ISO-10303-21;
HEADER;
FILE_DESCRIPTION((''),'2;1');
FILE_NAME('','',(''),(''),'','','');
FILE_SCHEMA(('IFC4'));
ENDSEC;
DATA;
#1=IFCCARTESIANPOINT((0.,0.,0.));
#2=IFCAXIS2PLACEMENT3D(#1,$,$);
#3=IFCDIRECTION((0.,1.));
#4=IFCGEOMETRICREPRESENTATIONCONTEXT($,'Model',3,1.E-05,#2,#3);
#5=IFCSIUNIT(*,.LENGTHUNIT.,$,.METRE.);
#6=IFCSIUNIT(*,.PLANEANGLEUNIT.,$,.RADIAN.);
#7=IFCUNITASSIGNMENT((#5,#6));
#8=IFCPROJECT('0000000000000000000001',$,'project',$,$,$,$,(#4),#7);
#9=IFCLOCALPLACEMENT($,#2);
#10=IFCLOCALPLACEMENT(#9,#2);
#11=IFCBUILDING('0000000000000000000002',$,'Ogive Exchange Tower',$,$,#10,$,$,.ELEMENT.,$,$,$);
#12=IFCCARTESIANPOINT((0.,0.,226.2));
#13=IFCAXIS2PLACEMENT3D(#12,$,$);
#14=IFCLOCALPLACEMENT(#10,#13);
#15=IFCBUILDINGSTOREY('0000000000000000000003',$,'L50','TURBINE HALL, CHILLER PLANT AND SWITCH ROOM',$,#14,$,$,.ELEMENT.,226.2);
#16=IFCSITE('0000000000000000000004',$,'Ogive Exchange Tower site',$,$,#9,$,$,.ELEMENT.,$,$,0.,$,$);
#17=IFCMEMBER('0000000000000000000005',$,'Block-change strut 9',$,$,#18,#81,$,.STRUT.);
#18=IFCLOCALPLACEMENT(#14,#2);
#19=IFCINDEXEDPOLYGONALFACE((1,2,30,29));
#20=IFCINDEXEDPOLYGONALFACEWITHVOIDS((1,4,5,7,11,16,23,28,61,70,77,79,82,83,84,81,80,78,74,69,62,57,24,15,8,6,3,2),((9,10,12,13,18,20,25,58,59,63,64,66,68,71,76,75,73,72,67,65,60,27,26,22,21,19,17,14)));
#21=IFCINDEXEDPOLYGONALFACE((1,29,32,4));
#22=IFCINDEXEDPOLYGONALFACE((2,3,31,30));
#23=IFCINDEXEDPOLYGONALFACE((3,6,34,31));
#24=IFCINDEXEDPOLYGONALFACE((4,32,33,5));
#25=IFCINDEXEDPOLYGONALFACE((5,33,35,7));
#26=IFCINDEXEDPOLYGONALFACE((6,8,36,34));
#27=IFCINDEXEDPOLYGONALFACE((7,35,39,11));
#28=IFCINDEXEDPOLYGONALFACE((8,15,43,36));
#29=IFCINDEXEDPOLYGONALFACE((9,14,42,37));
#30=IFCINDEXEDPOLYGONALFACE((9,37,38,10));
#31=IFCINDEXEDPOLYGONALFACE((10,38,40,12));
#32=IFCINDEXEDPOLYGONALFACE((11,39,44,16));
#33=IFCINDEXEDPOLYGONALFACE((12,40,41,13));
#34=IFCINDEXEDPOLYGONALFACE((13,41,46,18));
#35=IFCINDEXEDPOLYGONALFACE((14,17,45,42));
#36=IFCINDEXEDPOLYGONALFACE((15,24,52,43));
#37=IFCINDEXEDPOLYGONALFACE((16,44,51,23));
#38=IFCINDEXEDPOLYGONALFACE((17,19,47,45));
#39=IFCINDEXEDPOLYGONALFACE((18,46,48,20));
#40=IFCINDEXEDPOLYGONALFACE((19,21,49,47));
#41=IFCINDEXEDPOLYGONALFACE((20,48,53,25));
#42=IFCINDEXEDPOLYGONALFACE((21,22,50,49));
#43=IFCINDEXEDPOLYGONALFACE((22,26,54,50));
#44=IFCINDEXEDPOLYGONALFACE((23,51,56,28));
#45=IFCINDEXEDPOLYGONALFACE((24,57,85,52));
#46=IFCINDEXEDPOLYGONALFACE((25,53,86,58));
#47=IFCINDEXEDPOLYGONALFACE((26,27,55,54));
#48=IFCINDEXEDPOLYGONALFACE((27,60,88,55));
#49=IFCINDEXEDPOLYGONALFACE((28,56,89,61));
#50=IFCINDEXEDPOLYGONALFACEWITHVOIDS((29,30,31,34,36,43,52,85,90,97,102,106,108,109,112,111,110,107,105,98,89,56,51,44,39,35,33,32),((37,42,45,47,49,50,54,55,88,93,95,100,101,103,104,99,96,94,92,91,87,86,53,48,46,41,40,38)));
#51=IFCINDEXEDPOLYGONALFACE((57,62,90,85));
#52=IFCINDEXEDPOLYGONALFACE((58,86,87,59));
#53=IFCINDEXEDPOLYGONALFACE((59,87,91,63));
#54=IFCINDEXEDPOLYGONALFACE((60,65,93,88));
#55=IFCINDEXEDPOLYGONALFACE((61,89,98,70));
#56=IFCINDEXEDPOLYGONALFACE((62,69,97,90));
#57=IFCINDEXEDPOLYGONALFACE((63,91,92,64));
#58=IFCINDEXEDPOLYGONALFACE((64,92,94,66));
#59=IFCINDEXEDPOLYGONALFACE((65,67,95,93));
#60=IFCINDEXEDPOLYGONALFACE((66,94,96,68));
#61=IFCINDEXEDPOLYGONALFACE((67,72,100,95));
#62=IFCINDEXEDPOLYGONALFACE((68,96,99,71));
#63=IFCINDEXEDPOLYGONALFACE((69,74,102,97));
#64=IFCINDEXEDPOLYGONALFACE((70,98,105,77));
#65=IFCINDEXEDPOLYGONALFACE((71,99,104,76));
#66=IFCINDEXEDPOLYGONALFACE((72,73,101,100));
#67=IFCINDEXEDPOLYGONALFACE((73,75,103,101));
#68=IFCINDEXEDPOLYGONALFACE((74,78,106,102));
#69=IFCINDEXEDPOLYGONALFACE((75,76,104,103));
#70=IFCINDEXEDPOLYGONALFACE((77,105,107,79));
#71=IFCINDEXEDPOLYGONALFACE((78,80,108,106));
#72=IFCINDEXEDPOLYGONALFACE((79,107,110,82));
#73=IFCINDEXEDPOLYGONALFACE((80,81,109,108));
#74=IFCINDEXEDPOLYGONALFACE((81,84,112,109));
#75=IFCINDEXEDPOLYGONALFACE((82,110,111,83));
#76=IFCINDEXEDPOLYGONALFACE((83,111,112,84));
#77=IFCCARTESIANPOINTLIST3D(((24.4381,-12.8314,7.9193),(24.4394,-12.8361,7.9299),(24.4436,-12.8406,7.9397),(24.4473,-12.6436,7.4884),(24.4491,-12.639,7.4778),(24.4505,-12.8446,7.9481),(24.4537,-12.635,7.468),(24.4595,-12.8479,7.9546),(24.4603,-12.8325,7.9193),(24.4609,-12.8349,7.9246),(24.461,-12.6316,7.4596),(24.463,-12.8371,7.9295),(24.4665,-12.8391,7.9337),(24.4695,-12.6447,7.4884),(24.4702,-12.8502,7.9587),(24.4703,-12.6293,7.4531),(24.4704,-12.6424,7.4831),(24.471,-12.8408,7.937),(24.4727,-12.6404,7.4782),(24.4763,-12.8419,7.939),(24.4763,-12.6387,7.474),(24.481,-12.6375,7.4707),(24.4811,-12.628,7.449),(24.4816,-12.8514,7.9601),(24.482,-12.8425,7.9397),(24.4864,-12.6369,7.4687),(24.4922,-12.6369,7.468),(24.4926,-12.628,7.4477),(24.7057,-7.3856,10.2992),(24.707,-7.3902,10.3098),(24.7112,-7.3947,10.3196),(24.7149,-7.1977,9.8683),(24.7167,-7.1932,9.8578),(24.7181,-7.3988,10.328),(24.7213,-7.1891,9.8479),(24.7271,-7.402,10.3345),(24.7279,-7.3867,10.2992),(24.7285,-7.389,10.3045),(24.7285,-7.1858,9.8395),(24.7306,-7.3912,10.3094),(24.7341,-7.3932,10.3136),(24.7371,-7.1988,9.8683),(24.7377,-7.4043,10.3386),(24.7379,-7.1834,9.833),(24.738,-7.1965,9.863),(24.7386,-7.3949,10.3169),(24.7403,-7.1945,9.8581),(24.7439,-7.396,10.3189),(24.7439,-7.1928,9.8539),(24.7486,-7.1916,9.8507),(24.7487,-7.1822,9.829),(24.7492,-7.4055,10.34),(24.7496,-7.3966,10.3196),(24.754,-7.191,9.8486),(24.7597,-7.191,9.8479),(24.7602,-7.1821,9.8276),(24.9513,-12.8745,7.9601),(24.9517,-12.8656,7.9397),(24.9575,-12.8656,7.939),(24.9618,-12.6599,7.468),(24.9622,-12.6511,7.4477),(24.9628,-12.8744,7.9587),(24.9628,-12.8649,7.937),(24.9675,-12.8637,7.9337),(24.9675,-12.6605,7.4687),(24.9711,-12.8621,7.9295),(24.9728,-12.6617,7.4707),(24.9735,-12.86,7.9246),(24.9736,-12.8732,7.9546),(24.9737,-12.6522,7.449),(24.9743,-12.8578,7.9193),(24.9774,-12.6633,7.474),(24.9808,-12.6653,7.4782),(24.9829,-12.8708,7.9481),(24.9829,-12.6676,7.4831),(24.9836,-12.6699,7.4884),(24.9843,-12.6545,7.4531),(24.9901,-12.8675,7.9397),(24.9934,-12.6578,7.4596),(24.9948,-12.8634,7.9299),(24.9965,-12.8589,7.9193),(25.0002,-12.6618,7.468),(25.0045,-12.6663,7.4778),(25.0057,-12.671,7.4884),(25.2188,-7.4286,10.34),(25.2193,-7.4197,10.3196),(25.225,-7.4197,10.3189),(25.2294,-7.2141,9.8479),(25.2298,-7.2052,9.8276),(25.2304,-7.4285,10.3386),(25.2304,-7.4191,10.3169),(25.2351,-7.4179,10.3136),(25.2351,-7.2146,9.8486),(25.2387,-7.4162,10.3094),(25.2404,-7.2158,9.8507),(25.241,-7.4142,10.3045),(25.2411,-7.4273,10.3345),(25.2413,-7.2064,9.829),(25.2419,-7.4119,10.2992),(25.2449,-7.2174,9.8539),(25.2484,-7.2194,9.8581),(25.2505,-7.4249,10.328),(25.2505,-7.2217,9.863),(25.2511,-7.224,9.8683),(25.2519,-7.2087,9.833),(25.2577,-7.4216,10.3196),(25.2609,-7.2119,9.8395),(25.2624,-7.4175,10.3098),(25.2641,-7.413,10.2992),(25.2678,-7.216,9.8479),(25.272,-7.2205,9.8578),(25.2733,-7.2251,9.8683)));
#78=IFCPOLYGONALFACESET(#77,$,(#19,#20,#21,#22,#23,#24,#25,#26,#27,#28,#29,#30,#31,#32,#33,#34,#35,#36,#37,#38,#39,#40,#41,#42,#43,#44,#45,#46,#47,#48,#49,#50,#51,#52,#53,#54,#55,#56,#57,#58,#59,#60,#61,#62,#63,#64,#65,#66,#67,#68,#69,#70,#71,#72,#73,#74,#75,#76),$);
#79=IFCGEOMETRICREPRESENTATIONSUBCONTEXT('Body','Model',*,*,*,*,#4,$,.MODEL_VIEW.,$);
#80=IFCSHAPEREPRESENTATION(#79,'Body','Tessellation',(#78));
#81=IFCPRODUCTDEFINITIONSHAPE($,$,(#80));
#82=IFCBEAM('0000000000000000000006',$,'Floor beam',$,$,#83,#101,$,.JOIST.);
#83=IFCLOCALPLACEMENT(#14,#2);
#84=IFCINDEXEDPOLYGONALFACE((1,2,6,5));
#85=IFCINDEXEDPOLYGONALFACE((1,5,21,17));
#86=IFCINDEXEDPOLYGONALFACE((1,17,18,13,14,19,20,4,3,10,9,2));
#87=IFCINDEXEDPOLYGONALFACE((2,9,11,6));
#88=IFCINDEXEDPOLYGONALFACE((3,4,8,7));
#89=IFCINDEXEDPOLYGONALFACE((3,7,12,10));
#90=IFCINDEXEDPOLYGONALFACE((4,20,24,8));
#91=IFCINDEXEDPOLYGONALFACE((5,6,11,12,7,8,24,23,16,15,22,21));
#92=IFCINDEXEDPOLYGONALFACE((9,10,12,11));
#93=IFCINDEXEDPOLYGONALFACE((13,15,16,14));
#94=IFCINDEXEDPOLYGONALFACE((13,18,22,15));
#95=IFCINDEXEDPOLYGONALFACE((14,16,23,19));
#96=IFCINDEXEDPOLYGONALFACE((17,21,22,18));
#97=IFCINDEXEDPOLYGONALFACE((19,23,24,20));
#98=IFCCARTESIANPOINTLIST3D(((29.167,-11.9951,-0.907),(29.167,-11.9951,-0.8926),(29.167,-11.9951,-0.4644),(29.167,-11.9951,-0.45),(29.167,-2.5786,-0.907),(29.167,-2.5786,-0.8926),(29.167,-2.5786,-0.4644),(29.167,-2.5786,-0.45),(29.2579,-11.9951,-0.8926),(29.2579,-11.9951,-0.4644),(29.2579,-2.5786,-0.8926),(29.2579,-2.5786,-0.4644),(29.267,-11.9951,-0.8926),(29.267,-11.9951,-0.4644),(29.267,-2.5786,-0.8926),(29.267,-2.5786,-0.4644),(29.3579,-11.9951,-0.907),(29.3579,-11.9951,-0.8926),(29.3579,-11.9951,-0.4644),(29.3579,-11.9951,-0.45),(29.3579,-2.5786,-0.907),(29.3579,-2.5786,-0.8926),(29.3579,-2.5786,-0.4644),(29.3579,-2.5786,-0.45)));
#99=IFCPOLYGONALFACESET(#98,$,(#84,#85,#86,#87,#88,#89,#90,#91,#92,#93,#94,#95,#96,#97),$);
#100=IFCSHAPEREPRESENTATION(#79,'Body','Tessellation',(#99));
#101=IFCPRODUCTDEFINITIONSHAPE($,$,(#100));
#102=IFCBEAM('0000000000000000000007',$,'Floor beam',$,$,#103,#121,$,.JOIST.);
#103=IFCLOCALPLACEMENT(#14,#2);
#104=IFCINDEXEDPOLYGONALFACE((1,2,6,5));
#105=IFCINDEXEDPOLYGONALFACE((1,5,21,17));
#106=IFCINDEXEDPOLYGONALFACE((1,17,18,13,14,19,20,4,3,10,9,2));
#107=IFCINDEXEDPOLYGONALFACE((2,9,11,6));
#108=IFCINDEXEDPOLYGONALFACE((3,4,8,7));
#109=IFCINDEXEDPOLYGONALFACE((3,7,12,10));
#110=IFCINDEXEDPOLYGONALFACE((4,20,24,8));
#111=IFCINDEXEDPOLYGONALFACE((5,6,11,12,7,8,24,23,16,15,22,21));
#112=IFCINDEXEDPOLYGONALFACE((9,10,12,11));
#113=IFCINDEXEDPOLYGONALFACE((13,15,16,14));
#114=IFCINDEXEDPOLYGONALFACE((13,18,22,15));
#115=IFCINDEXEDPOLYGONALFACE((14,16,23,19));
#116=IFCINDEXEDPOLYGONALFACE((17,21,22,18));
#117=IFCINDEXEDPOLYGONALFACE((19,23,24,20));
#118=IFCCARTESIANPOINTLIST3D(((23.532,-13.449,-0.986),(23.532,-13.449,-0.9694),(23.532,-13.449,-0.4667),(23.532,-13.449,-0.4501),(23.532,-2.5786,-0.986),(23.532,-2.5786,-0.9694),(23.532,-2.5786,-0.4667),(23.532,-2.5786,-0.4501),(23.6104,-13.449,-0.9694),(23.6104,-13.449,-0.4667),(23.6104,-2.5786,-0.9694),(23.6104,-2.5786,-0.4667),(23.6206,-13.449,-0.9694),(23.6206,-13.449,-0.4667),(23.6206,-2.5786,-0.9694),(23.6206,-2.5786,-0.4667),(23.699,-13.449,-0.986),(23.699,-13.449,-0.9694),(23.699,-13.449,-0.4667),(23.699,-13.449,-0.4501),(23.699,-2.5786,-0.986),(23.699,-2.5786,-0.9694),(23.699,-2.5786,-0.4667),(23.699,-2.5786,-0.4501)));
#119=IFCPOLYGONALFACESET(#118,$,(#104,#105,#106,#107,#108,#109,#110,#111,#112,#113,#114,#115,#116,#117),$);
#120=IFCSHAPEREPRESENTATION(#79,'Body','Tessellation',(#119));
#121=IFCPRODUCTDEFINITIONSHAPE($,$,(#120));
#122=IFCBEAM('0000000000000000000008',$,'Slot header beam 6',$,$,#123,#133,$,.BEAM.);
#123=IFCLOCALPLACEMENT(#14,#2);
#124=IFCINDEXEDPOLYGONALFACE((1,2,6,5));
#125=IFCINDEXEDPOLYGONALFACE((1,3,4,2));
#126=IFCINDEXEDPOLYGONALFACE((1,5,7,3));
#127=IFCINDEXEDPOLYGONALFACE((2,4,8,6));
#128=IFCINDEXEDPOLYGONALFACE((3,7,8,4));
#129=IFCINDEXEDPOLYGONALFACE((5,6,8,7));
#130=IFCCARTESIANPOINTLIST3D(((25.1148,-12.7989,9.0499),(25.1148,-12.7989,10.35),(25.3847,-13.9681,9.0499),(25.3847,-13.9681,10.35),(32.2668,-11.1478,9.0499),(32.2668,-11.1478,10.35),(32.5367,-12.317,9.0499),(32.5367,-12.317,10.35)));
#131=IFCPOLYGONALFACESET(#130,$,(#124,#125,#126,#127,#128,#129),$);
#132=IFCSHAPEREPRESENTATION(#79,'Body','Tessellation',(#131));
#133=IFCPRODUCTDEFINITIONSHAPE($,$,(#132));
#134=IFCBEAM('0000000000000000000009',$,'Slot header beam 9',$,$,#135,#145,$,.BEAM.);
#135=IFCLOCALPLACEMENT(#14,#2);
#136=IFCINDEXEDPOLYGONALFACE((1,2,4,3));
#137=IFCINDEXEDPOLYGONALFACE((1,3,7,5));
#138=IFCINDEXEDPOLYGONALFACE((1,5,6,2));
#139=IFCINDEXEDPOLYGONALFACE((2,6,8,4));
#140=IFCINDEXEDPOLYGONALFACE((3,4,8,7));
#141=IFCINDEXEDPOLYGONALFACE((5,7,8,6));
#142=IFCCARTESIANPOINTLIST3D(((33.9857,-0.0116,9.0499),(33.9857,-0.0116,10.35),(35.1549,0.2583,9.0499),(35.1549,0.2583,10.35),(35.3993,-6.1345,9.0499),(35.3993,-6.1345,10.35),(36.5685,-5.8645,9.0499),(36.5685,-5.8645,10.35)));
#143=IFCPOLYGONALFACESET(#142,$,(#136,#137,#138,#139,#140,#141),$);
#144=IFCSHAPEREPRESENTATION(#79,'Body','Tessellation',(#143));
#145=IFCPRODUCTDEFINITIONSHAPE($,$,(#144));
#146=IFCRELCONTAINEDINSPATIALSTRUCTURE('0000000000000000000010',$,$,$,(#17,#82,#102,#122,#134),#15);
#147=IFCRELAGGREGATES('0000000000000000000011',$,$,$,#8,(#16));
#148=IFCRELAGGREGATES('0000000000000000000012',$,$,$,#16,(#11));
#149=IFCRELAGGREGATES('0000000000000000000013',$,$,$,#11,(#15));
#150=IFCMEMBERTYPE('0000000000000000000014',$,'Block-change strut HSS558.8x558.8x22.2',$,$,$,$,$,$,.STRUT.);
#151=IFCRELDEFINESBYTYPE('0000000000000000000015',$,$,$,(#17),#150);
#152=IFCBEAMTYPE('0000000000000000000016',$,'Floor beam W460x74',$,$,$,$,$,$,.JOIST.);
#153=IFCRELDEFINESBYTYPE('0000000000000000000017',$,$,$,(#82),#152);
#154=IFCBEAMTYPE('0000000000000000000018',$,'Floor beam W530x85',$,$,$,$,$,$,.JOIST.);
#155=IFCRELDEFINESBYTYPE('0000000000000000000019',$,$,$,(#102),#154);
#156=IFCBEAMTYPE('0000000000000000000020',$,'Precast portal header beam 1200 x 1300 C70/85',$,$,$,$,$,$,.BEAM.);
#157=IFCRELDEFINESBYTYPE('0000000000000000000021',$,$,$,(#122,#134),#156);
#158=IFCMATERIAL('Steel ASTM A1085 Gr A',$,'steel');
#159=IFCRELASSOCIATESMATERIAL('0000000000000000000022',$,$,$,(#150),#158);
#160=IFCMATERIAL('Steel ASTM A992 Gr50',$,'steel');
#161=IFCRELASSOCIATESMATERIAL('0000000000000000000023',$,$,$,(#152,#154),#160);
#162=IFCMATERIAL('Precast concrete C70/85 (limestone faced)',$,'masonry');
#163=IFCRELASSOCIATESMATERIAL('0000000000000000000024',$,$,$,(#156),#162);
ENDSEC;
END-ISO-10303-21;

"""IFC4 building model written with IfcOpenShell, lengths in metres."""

from ifc_helpers import new_model, si_unit, direction, frame, origin, origin_2d, place, context, subcontext, project, spatial, rectangle, hollow_rectangle, i_section, extrude, material, material_profile, profile_set, type_object, element, save


model = new_model("IFC4")

# Units and contexts
model_context = context("Model", 3, precision=1e-05, world=origin(), true_north=direction((0.0, 1.0)))
body_context = subcontext(model_context, "Body", "Model", "MODEL_VIEW")
ifc_project = project(units=[si_unit("LENGTHUNIT", "METRE"), si_unit("PLANEANGLEUNIT", "RADIAN")], contexts=[model_context])

# Site, building, storey
site_placement = place(None, origin())
site = spatial("IfcSite", under=ifc_project, at=site_placement, Name="Ogive Exchange Tower site", CompositionType="ELEMENT", RefElevation=0.0)
building_placement = place(site_placement, origin())
building = spatial("IfcBuilding", under=site, at=building_placement, Name="Ogive Exchange Tower", CompositionType="ELEMENT")
storey_placement = place(building_placement, frame((0.0, 0.0, 226.2)))
storey = spatial("IfcBuildingStorey", under=building, at=storey_placement, Name="L50", Description="TURBINE HALL, CHILLER PLANT AND SWITCH ROOM", CompositionType="ELEMENT", Elevation=226.2)

# Shared definitions
ifc_material_1 = material(Name="Precast concrete C70/85 (limestone faced)", Category="masonry")

# Shared definitions
ifc_material_2 = material(Name="Steel ASTM A992 Gr50", Category="steel")

# Member
ifc_material_3 = material(Name="Steel ASTM A1085 Gr A", Category="steel")
ifc_material_profile_1 = material_profile(ifc_material_3, hollow_rectangle(XDim=0.5591, YDim=0.5591, WallThickness=0.0222, InnerFilletRadius=0.0222, OuterFilletRadius=0.0444, at=origin_2d()), Name="HSS558.8x558.8x22.2")
ifc_profile_set_1 = profile_set([ifc_material_profile_1], Name="Steel ASTM A1085 Gr A")
member_type_1 = type_object("IfcMemberType", Name="Block-change strut HSS558.8x558.8x22.2", PredefinedType="STRUT", material=ifc_profile_set_1)
member_1_placement = place(storey_placement, frame((24.7219, -12.7512, 7.7039), z_axis=(0.044978, 0.915394, 0.400039), x_axis=(-0.998795, 0.049076, 0.0)))
element("IfcMember", 1, at=member_1_placement, inside=storey, type_object=member_type_1, Name="Block-change strut 9", PredefinedType="STRUT", context=body_context, shape_type="SweptSolid", body=[
    extrude(hollow_rectangle(XDim=0.5591, YDim=0.5591, WallThickness=0.0222, InnerFilletRadius=0.0222, OuterFilletRadius=0.0444, at=origin_2d()), origin(), (0.0, 0.0, 1.0), 5.9492),
])

# Beams
ifc_material_profile_2 = material_profile(ifc_material_2, i_section(OverallWidth=0.1909, OverallDepth=0.457, WebThickness=0.009, FlangeThickness=0.0144, at=origin_2d()), Name="W460x74")
ifc_profile_set_2 = profile_set([ifc_material_profile_2], Name="Steel ASTM A992 Gr50")
beam_type_1 = type_object("IfcBeamType", Name="Floor beam W460x74", PredefinedType="JOIST", material=ifc_profile_set_2)
beam_1_placement = place(storey_placement, frame((29.2625, -11.9951, -0.6785), z_axis=(0.0, 1.0, 0.0), x_axis=(-1.0, 0.0, 0.0)))
element("IfcBeam", 2, at=beam_1_placement, inside=storey, type_object=beam_type_1, Name="Floor beam", PredefinedType="JOIST", context=body_context, shape_type="SweptSolid", body=[
    extrude(i_section(OverallWidth=0.1909, OverallDepth=0.457, WebThickness=0.009, FlangeThickness=0.0144, at=origin_2d()), origin(), (0.0, 0.0, 1.0), 9.4165),
])
ifc_material_profile_3 = material_profile(ifc_material_2, i_section(OverallWidth=0.167, OverallDepth=0.5359, WebThickness=0.0103, FlangeThickness=0.0166, at=origin_2d()), Name="W530x85")
ifc_profile_set_3 = profile_set([ifc_material_profile_3], Name="Steel ASTM A992 Gr50")
beam_type_2 = type_object("IfcBeamType", Name="Floor beam W530x85", PredefinedType="JOIST", material=ifc_profile_set_3)
beam_2_placement = place(storey_placement, frame((23.6155, -13.449, -0.718), z_axis=(0.0, 1.0, 0.0), x_axis=(-1.0, 0.0, 0.0)))
element("IfcBeam", 3, at=beam_2_placement, inside=storey, type_object=beam_type_2, Name="Floor beam", PredefinedType="JOIST", context=body_context, shape_type="SweptSolid", body=[
    extrude(i_section(OverallWidth=0.167, OverallDepth=0.5359, WebThickness=0.0103, FlangeThickness=0.0166, at=origin_2d()), origin(), (0.0, 0.0, 1.0), 10.8704),
])
ifc_material_profile_4 = material_profile(ifc_material_1, rectangle(XDim=1.2, YDim=1.3, at=origin_2d()), Name="1200 x 1300")
ifc_profile_set_4 = profile_set([ifc_material_profile_4], Name="Precast concrete C70/85 (limestone faced)")
beam_type_3 = type_object("IfcBeamType", Name="Precast portal header beam 1200 x 1300 C70/85", PredefinedType="BEAM", material=ifc_profile_set_4)
beam_3_placement = place(storey_placement, frame((25.2498, -13.3835, 9.7), z_axis=(0.97437, 0.224949, 0.0), x_axis=(-0.224949, 0.97437, 0.0)))
element("IfcBeam", 4, at=beam_3_placement, inside=storey, type_object=beam_type_3, Name="Slot header beam 6", PredefinedType="BEAM", context=body_context, shape_type="SweptSolid", body=[
    extrude(rectangle(XDim=1.2, YDim=1.3, at=origin_2d()), origin(), (0.0, 0.0, 1.0), 7.3401),
])
beam_4_placement = place(storey_placement, frame((35.9839, -5.9995, 9.7), z_axis=(-0.224953, 0.97437, 0.0), x_axis=(-0.97437, -0.224953, 0.0)))
element("IfcBeam", 5, at=beam_4_placement, inside=storey, type_object=beam_type_3, Name="Slot header beam 9", PredefinedType="BEAM", context=body_context, shape_type="SweptSolid", body=[
    extrude(rectangle(XDim=1.2, YDim=1.3, at=origin_2d()), origin(), (0.0, 0.0, 1.0), 6.2839),
])

save(model, "model.ifc")
